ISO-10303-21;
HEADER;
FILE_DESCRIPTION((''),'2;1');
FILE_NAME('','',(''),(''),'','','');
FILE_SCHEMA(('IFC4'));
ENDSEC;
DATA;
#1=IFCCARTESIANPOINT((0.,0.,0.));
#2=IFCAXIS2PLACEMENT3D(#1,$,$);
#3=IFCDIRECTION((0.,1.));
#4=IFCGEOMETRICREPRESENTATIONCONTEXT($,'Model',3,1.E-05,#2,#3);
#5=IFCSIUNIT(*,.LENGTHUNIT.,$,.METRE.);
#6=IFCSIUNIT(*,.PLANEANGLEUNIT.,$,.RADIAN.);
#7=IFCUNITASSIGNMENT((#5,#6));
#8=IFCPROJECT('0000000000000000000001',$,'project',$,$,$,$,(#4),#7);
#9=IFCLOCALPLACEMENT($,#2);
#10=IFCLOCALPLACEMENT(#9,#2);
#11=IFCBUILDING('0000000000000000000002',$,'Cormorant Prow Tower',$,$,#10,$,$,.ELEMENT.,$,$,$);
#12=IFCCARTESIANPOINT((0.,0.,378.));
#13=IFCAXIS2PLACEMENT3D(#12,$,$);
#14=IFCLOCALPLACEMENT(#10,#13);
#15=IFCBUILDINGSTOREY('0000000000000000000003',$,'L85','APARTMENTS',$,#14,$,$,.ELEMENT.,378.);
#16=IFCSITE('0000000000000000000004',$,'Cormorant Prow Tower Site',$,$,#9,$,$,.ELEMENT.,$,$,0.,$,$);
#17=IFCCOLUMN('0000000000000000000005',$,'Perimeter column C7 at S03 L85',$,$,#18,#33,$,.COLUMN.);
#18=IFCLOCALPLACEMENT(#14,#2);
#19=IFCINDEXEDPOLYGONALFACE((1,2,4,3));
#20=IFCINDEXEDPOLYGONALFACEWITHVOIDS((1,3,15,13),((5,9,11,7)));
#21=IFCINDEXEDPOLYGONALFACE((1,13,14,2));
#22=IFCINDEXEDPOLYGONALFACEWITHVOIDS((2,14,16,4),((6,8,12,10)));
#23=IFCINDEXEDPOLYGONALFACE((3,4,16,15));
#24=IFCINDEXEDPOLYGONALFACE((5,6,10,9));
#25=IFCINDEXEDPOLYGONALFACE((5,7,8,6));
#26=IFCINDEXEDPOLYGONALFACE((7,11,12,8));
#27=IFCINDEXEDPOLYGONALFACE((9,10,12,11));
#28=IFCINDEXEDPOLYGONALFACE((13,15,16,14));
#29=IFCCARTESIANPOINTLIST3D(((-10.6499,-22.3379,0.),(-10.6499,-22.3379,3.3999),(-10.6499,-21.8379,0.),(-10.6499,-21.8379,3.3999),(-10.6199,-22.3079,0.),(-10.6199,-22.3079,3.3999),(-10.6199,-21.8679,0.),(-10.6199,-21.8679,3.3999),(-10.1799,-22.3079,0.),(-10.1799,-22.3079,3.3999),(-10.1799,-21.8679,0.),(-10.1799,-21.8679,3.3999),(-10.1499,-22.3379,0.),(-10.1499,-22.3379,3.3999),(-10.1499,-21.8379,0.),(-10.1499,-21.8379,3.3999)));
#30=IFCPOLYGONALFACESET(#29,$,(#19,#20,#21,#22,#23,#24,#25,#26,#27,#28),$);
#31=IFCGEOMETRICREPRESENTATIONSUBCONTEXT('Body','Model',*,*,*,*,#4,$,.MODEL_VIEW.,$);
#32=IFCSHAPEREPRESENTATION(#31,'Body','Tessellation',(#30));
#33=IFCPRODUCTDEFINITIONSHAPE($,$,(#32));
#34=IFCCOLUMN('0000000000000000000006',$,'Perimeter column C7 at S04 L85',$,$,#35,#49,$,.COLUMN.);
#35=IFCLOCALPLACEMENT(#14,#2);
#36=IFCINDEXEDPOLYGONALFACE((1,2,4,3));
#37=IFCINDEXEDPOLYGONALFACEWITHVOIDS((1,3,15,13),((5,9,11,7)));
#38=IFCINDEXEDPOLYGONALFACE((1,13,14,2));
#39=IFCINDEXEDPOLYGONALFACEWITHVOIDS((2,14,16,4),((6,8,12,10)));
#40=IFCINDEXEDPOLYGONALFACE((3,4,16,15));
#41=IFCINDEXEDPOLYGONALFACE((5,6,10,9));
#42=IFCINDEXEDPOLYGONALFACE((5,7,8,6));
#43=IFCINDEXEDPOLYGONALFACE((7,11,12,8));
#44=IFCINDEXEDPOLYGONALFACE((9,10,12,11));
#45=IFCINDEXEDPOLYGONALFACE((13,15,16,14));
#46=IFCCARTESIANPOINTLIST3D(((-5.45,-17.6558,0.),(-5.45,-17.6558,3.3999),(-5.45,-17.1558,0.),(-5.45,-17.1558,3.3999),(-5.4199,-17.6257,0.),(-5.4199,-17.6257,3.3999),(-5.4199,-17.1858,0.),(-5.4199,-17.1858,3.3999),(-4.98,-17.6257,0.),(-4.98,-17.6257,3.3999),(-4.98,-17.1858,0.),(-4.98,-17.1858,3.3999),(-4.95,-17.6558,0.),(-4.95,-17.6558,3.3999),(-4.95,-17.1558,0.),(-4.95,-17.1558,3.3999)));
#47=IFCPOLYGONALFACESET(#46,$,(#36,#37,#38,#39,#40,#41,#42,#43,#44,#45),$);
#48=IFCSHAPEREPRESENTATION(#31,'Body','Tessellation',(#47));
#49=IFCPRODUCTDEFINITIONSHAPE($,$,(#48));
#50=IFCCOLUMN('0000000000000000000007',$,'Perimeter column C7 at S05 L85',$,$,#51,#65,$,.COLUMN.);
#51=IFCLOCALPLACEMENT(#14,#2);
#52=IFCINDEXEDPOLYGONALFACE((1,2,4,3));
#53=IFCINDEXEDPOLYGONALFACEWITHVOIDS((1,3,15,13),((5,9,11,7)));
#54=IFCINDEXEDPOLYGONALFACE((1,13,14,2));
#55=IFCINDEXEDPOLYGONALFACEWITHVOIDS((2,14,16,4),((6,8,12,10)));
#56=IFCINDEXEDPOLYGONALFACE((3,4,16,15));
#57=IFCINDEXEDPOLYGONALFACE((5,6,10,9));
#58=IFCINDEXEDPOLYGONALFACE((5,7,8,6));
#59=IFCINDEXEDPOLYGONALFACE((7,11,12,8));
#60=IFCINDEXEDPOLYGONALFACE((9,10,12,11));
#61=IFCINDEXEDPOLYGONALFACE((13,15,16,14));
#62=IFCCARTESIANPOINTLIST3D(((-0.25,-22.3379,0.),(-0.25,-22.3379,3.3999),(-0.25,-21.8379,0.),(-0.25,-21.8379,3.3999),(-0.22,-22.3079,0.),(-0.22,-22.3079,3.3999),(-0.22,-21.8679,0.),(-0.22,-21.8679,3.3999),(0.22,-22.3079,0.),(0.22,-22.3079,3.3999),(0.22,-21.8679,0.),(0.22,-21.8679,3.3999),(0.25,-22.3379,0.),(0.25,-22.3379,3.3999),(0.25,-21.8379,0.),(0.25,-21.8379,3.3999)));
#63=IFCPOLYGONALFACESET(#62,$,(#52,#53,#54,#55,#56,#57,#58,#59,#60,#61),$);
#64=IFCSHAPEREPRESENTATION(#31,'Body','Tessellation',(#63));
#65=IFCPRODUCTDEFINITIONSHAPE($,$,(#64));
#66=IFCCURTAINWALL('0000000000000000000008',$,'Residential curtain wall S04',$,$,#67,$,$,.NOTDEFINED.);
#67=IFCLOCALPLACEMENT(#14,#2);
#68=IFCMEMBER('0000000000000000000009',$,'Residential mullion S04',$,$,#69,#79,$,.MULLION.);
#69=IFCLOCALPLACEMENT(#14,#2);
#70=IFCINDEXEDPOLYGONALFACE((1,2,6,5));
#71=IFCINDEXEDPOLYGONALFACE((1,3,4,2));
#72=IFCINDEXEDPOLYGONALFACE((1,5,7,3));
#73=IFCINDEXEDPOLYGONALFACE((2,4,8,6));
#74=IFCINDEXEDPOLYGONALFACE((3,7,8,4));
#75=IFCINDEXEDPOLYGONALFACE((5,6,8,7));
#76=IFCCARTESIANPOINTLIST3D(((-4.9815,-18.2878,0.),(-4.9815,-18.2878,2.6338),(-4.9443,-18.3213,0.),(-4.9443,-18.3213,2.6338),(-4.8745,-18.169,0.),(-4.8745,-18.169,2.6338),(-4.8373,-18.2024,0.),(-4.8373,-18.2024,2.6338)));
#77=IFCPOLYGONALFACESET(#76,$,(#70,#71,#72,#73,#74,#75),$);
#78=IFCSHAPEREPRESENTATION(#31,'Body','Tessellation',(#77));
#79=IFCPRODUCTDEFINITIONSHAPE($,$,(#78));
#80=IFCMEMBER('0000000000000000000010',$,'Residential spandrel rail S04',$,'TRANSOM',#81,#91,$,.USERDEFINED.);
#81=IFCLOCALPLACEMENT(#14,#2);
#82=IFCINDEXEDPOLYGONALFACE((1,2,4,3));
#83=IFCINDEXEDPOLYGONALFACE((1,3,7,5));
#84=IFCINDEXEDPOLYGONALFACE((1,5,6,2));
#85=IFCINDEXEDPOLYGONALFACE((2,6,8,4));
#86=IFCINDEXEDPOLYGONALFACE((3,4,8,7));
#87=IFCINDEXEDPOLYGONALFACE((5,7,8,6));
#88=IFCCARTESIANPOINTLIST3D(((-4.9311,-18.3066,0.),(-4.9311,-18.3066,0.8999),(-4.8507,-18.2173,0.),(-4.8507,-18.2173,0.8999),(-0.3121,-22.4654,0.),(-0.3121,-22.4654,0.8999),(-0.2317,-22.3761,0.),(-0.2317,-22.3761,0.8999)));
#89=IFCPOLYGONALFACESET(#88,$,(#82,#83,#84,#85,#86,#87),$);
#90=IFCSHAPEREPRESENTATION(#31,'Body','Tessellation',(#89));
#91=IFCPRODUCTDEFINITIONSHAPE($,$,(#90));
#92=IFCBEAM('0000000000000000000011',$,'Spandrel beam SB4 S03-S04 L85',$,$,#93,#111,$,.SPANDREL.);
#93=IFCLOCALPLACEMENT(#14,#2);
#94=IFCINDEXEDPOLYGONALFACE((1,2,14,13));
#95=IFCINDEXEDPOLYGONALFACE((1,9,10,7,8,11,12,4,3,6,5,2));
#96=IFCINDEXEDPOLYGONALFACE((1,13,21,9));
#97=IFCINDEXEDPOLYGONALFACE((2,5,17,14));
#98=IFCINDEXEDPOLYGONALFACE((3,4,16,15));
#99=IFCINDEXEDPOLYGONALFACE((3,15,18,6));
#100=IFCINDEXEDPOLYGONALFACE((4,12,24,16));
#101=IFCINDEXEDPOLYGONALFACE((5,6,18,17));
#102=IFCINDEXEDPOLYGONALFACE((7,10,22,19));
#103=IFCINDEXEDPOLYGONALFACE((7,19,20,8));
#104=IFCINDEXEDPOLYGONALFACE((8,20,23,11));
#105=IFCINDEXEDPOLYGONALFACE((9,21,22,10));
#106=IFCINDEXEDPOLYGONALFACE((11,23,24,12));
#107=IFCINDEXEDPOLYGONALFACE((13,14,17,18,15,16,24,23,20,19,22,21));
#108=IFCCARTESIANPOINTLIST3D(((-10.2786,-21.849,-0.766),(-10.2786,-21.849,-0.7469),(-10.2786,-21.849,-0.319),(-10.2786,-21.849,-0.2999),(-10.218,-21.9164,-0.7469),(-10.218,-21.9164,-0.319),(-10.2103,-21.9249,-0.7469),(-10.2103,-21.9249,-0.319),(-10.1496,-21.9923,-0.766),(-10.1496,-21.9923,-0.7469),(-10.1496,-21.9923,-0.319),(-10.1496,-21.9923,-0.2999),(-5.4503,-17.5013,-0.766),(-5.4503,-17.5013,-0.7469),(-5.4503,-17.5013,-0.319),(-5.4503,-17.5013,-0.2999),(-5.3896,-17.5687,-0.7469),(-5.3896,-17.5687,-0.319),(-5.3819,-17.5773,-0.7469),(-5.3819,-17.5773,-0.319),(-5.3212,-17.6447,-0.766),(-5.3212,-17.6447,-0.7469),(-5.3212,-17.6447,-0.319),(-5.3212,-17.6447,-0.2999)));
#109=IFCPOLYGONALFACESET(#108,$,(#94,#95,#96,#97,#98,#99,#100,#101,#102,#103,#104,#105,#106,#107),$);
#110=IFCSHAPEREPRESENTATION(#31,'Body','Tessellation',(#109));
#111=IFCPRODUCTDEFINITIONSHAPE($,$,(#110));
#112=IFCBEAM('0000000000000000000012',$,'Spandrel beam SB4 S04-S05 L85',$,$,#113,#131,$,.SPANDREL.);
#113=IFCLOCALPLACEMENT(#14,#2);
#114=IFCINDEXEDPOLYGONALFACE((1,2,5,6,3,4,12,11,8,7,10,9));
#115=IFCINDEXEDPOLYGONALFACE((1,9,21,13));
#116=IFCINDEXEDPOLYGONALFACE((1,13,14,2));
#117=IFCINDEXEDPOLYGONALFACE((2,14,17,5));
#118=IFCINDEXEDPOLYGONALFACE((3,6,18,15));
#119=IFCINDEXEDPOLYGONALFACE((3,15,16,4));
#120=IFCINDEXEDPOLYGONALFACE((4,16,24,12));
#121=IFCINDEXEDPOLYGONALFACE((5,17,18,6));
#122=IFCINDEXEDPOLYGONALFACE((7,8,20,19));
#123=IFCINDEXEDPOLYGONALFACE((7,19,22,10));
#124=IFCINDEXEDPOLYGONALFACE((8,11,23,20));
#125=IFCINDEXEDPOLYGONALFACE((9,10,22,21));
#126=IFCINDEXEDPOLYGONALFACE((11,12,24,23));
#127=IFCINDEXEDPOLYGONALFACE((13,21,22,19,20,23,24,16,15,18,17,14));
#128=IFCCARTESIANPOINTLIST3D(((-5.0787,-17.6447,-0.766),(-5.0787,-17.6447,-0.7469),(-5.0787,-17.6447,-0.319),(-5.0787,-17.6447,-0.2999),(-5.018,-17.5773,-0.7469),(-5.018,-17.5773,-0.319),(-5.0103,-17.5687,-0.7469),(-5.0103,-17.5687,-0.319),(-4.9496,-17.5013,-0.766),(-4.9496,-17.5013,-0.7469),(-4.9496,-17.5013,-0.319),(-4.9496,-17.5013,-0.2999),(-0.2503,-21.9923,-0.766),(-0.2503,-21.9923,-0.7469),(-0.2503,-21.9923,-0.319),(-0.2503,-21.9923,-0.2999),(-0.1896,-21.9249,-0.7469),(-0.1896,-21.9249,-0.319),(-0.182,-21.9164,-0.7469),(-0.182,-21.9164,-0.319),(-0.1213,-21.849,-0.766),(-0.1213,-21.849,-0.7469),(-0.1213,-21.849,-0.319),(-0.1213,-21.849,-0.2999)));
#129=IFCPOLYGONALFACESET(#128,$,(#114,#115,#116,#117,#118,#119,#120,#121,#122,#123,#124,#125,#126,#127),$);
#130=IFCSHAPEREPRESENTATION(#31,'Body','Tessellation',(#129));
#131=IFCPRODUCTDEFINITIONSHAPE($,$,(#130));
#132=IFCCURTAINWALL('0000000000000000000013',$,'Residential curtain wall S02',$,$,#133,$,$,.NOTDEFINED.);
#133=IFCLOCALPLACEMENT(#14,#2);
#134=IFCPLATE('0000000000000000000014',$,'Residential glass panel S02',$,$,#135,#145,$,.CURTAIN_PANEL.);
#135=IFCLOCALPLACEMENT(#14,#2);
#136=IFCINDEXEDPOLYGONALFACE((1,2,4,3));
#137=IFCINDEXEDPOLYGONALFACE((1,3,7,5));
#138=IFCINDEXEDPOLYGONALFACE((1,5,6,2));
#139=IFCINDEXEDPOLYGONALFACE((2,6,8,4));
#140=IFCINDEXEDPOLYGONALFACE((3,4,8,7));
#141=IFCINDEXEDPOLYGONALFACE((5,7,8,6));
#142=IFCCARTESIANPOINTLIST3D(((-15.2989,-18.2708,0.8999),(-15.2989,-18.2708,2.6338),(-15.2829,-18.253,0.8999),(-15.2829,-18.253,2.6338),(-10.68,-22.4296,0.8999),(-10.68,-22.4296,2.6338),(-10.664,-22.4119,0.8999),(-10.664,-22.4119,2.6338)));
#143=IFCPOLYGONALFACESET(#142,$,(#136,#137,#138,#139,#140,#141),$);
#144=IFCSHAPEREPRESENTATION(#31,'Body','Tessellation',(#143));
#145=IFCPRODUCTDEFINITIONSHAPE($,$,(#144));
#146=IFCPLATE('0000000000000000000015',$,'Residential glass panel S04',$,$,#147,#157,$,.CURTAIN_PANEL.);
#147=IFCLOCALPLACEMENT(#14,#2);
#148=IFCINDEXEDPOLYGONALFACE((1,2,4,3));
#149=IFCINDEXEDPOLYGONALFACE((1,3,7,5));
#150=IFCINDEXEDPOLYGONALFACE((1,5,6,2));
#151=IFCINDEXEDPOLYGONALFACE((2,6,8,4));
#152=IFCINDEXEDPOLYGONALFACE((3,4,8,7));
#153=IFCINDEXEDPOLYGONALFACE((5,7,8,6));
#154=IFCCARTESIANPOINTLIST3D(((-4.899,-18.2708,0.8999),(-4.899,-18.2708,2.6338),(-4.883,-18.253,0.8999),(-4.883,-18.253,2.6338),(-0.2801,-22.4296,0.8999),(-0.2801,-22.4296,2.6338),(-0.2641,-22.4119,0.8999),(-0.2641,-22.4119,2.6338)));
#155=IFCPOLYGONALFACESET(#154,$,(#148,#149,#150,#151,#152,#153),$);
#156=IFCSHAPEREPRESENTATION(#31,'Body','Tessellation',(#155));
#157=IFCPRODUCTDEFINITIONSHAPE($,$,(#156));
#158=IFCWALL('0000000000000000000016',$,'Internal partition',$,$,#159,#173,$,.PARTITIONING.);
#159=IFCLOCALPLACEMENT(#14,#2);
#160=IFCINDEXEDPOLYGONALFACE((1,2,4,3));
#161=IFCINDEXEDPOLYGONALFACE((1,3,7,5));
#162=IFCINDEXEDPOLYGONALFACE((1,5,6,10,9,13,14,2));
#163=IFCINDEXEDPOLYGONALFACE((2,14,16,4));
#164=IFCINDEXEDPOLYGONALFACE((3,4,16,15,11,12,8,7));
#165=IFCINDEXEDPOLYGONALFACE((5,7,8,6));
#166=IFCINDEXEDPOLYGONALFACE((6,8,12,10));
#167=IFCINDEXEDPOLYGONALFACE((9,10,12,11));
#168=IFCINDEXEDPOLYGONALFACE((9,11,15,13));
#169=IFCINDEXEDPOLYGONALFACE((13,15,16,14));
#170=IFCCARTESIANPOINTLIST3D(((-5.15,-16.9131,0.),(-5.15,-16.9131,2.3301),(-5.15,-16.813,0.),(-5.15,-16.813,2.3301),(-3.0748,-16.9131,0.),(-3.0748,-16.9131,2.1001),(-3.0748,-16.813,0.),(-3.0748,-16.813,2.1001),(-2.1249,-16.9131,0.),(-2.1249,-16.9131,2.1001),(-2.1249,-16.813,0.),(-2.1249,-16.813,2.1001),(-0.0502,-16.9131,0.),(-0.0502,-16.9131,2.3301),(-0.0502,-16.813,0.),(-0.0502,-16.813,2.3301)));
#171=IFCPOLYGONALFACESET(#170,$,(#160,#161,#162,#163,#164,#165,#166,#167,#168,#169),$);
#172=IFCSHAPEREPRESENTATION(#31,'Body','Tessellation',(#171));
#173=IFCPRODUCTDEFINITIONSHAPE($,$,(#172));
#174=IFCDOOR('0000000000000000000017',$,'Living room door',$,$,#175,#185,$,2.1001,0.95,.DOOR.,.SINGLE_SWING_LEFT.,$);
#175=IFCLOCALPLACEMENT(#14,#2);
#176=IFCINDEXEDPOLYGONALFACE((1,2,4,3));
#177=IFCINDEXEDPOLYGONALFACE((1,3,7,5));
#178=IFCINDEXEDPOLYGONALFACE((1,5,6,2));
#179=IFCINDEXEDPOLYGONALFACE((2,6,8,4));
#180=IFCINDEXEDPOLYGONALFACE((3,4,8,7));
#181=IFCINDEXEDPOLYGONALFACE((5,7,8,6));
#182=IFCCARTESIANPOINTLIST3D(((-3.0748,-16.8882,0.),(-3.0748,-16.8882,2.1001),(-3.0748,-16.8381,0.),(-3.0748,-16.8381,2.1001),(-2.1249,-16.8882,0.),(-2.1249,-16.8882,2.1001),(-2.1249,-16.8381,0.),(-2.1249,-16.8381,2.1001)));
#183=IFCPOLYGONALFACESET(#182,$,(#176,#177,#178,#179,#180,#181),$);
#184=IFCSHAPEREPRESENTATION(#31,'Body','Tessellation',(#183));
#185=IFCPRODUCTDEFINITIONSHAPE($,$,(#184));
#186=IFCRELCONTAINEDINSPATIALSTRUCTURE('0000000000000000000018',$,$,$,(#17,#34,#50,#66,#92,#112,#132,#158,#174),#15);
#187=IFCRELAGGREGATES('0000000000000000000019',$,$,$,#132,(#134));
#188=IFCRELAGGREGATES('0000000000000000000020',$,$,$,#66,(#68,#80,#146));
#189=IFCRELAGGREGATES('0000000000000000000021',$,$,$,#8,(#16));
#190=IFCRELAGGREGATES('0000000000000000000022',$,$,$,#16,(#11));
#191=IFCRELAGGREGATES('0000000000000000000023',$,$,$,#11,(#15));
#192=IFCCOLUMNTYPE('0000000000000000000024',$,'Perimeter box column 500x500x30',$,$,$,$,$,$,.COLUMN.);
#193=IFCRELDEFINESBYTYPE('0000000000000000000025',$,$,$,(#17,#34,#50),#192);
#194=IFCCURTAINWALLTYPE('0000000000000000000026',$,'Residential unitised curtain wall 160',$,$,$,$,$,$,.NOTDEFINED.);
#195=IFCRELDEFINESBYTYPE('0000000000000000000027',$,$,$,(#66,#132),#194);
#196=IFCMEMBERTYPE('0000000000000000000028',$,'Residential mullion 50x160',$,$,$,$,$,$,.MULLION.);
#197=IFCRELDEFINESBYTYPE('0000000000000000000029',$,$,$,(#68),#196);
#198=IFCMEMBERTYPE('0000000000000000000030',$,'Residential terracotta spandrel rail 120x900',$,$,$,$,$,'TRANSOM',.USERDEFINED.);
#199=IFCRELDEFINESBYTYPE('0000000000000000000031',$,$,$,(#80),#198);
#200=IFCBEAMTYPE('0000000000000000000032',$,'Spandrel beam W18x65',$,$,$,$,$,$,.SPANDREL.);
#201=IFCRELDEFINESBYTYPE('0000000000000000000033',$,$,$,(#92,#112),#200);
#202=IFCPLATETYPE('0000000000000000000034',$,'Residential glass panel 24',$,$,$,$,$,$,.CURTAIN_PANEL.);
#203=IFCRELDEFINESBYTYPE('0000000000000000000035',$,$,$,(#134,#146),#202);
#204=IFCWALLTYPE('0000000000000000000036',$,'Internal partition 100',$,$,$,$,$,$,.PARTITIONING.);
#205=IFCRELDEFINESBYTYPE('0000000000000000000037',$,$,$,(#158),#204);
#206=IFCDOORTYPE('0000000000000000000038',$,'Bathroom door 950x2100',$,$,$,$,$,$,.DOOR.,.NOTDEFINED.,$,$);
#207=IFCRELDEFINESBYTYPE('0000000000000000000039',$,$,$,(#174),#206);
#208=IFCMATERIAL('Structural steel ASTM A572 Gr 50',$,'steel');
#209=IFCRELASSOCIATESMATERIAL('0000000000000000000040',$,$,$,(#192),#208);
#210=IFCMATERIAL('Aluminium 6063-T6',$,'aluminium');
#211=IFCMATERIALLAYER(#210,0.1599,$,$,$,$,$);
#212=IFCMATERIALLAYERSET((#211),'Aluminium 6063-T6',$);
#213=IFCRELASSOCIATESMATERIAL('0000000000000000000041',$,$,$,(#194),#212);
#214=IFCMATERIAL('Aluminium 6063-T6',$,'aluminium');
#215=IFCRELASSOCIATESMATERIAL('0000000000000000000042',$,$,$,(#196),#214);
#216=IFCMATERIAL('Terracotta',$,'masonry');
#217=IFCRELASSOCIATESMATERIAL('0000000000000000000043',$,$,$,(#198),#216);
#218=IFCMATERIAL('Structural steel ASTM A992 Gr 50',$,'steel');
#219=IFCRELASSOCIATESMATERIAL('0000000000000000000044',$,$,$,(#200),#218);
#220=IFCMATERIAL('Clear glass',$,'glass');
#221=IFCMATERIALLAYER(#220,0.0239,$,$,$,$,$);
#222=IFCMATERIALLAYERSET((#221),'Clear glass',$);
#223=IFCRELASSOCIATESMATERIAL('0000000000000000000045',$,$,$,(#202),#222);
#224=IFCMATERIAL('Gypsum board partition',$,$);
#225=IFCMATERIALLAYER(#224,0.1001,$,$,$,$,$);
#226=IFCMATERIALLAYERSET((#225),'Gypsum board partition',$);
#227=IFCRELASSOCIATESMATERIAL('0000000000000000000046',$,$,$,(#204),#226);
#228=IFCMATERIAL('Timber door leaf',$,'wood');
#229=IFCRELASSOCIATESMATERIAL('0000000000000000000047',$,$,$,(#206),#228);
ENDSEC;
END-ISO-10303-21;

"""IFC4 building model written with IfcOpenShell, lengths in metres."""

from ifc_helpers import new_model, si_unit, direction, frame, frame_2d, origin, origin_2d, place, context, subcontext, project, spatial, rectangle, hollow_rectangle, i_section, extrude, material, layer, layer_set, material_profile, profile_set, type_object, element, fill, aggregate, save


model = new_model("IFC4")

# Units and contexts
model_context = context("Model", 3, precision=1e-05, world=origin(), true_north=direction((0.0, 1.0)))
body_context = subcontext(model_context, "Body", "Model", "MODEL_VIEW")
ifc_project = project(units=[si_unit("LENGTHUNIT", "METRE"), si_unit("PLANEANGLEUNIT", "RADIAN")], contexts=[model_context])

# Site, building, storey
site_placement = place(None, origin())
site = spatial("IfcSite", under=ifc_project, at=site_placement, Name="Cormorant Prow Tower Site", CompositionType="ELEMENT", RefElevation=0.0)
building_placement = place(site_placement, origin())
building = spatial("IfcBuilding", under=site, at=building_placement, Name="Cormorant Prow Tower", CompositionType="ELEMENT")
storey_placement = place(building_placement, frame((0.0, 0.0, 378.0)))
storey = spatial("IfcBuildingStorey", under=building, at=storey_placement, Name="L85", Description="APARTMENTS", CompositionType="ELEMENT", Elevation=378.0)

# Columns
ifc_material_1 = material(Name="Structural steel ASTM A572 Gr 50", Category="steel")
ifc_material_profile_1 = material_profile(ifc_material_1, hollow_rectangle(XDim=0.5, YDim=0.5, WallThickness=0.03, at=origin_2d()), Name="Box 500x500x30")
ifc_profile_set_1 = profile_set([ifc_material_profile_1], Name="Structural steel ASTM A572 Gr 50")
column_type = type_object("IfcColumnType", Name="Perimeter box column 500x500x30", PredefinedType="COLUMN", material=ifc_profile_set_1)
for number, where, z_axis, x_axis, name in (
    (1, (-10.3999, -22.0879, 0.0), (0.0, 0.0, 1.0), (1.0, 0.0, 0.0), "Perimeter column C7 at S03 L85"),
    (2, (-5.2, -17.4058, 0.0), (0.0, 0.0, 1.0), (1.0, 0.0, 0.0), "Perimeter column C7 at S04 L85"),
    (3, (0.0, -22.0879, 0.0), (0.0, 0.0, 1.0), (1.0, 0.0, 0.0), "Perimeter column C7 at S05 L85"),
):
    element("IfcColumn", number, at=place(storey_placement, frame(where, z_axis=z_axis, x_axis=x_axis)), inside=storey, type_object=column_type, Name=name, PredefinedType="COLUMN", context=body_context, shape_type="SweptSolid", body=[
        extrude(hollow_rectangle(XDim=0.5, YDim=0.5, WallThickness=0.03, at=origin_2d()), origin(), (0.0, 0.0, 1.0), 3.3999),
    ])

# Curtain wall, members
ifc_material_2 = material(Name="Aluminium 6063-T6", Category="aluminium")
ifc_layer_1 = layer(ifc_material_2, 0.1599)
ifc_layer_set_1 = layer_set([ifc_layer_1], Name="Aluminium 6063-T6")
curtain_wall_type = type_object("IfcCurtainWallType", Name="Residential unitised curtain wall 160", PredefinedType="NOTDEFINED", material=ifc_layer_set_1)
curtain_wall_1_placement = place(storey_placement, origin())
curtain_wall_1 = element("IfcCurtainWall", 4, at=curtain_wall_1_placement, inside=storey, type_object=curtain_wall_type, Name="Residential curtain wall S04", PredefinedType="NOTDEFINED")
ifc_material_3 = material(Name="Aluminium 6063-T6", Category="aluminium")
ifc_material_profile_2 = material_profile(ifc_material_3, rectangle(XDim=0.1599, YDim=0.05, at=origin_2d()), Name="Residential mullion 50x160")
ifc_profile_set_2 = profile_set([ifc_material_profile_2], Name="Aluminium 6063-T6")
member_type_1 = type_object("IfcMemberType", Name="Residential mullion 50x160", PredefinedType="MULLION", material=ifc_profile_set_2)
member_1_placement = place(storey_placement, frame((-4.9094, -18.2451, 0.0), z_axis=(0.0, 0.0, 1.0), x_axis=(0.669131, 0.743145, 0.0)))
member_1 = element("IfcMember", 5, at=member_1_placement, type_object=member_type_1, Name="Residential mullion S04", PredefinedType="MULLION", context=body_context, shape_type="SweptSolid", body=[
    extrude(rectangle(XDim=0.1599, YDim=0.05, at=origin_2d()), origin(), (0.0, 0.0, 1.0), 2.6338),
])
ifc_material_4 = material(Name="Terracotta", Category="masonry")
ifc_material_profile_3 = material_profile(ifc_material_4, rectangle(XDim=0.1201, YDim=0.8999, at=origin_2d()), Name="Residential terracotta spandrel rail 120x900")
ifc_profile_set_3 = profile_set([ifc_material_profile_3], Name="Terracotta")
member_type_2 = type_object("IfcMemberType", Name="Residential terracotta spandrel rail 120x900", ElementType="TRANSOM", PredefinedType="USERDEFINED", material=ifc_profile_set_3)
member_2_placement = place(storey_placement, frame((-4.8909, -18.262, 0.45), z_axis=(0.743159, -0.669114, 0.0), x_axis=(0.669114, 0.743159, 0.0)))
member_2 = element("IfcMember", 6, at=member_2_placement, type_object=member_type_2, Name="Residential spandrel rail S04", ObjectType="TRANSOM", PredefinedType="USERDEFINED", context=body_context, shape_type="SweptSolid", body=[
    extrude(rectangle(XDim=0.1201, YDim=0.8999, at=origin_2d()), origin(), (0.0, 0.0, 1.0), 6.2153),
])

# Beams
ifc_material_5 = material(Name="Structural steel ASTM A992 Gr 50", Category="steel")
ifc_material_profile_4 = material_profile(ifc_material_5, i_section(OverallWidth=0.1929, OverallDepth=0.4661, WebThickness=0.0115, FlangeThickness=0.019, at=origin_2d()), Name="W18x65")
ifc_profile_set_4 = profile_set([ifc_material_profile_4], Name="Structural steel ASTM A992 Gr 50")
beam_type = type_object("IfcBeamType", Name="Spandrel beam W18x65", PredefinedType="SPANDREL", material=ifc_profile_set_4)
for number, where, z_axis, x_axis, name in (
    (7, (-10.2141, -21.9207, -0.533), (0.743132, 0.669145, 0.0), (-0.669145, 0.743132, 0.0), "Spandrel beam SB4 S03-S04 L85"),
    (8, (-5.0142, -17.573, -0.533), (0.743132, -0.669145, 0.0), (0.669145, 0.743132, 0.0), "Spandrel beam SB4 S04-S05 L85"),
):
    element("IfcBeam", number, at=place(storey_placement, frame(where, z_axis=z_axis, x_axis=x_axis)), inside=storey, type_object=beam_type, Name=name, PredefinedType="SPANDREL", context=body_context, shape_type="SweptSolid", body=[
        extrude(i_section(OverallWidth=0.1929, OverallDepth=0.4661, WebThickness=0.0115, FlangeThickness=0.019, at=origin_2d()), origin(), (0.0, 0.0, 1.0), 6.4973),
    ])

# Curtain wall, plate
curtain_wall_2_placement = place(storey_placement, origin())
curtain_wall_2 = element("IfcCurtainWall", 9, at=curtain_wall_2_placement, inside=storey, type_object=curtain_wall_type, Name="Residential curtain wall S02", PredefinedType="NOTDEFINED")
ifc_material_6 = material(Name="Clear glass", Category="glass")
ifc_layer_2 = layer(ifc_material_6, 0.0239)
ifc_layer_set_2 = layer_set([ifc_layer_2], Name="Clear glass")
plate_type = type_object("IfcPlateType", Name="Residential glass panel 24", PredefinedType="CURTAIN_PANEL", material=ifc_layer_set_2)
plate_1_placement = place(storey_placement, frame((-12.9814, -20.3413, 0.8999), z_axis=(0.0, 0.0, 1.0), x_axis=(0.743145, -0.669131, 0.0)))
plate_1 = element("IfcPlate", 10, at=plate_1_placement, type_object=plate_type, Name="Residential glass panel S02", PredefinedType="CURTAIN_PANEL", context=body_context, shape_type="SweptSolid", body=[
    extrude(rectangle(XDim=6.2153, YDim=0.0239, at=origin_2d()), origin(), (0.0, 0.0, 1.0), 1.7339),
])
aggregate(curtain_wall_2, [plate_1])

# Plate
plate_2_placement = place(storey_placement, frame((-2.5815, -20.3413, 0.8999), z_axis=(0.0, 0.0, 1.0), x_axis=(0.743145, -0.669131, 0.0)))
plate_2 = element("IfcPlate", 11, at=plate_2_placement, type_object=plate_type, Name="Residential glass panel S04", PredefinedType="CURTAIN_PANEL", context=body_context, shape_type="SweptSolid", body=[
    extrude(rectangle(XDim=6.2153, YDim=0.0239, at=origin_2d()), origin(), (0.0, 0.0, 1.0), 1.7339),
])
aggregate(curtain_wall_1, [member_1, member_2, plate_2])

# Wall, opening, door
ifc_material_7 = material(Name="Gypsum board partition")
ifc_layer_3 = layer(ifc_material_7, 0.1001)
ifc_layer_set_3 = layer_set([ifc_layer_3], Name="Gypsum board partition")
wall_type_1 = type_object("IfcWallType", Name="Internal partition 100", PredefinedType="PARTITIONING", material=ifc_layer_set_3)
wall_1_placement = place(storey_placement, frame((-5.1499, -16.863, 0.0), z_axis=(0.0, 0.0, 1.0), x_axis=(1.0, 0.0, 0.0)))
wall_1 = element("IfcWall", 12, at=wall_1_placement, inside=storey, type_object=wall_type_1, Name="Internal partition", PredefinedType="PARTITIONING", context=body_context, shape_type="SweptSolid", body=[
    extrude(rectangle(XDim=5.0999, YDim=0.1001, at=frame_2d((2.5498, 0.0))), origin(), (0.0, 0.0, 1.0), 2.3301),
])
opening_1_placement = place(wall_1_placement, frame((2.075, 0.0, 0.0)))
opening_1 = element("IfcOpeningElement", 13, at=opening_1_placement, cuts=wall_1, PredefinedType="OPENING", context=body_context, shape_type="SweptSolid", body=[
    extrude(rectangle(XDim=0.95, YDim=2.1001, at=frame_2d((0.4751, 1.05))), frame((0.0, 0.0601, 0.0), z_axis=(0.0, -1.0, 0.0), x_axis=(1.0, 0.0, 0.0)), (0.0, 0.0, 1.0), 0.1201),
])
ifc_material_8 = material(Name="Timber door leaf", Category="wood")
door_type_1 = type_object("IfcDoorType", Name="Bathroom door 950x2100", OperationType="NOTDEFINED", PredefinedType="DOOR", material=ifc_material_8)
door_1_placement = place(opening_1_placement, origin())
door_1 = element("IfcDoor", 14, at=door_1_placement, inside=storey, type_object=door_type_1, Name="Living room door", OperationType="SINGLE_SWING_LEFT", OverallHeight=2.1001, OverallWidth=0.95, PredefinedType="DOOR", context=body_context, shape_type="SweptSolid", body=[
    extrude(rectangle(XDim=0.95, YDim=2.1001, at=frame_2d((0.4751, 1.05))), frame((0.0, 0.0249, 0.0), z_axis=(0.0, -1.0, 0.0), x_axis=(1.0, 0.0, 0.0)), (0.0, 0.0, 1.0), 0.05),
])
fill(opening_1, door_1)

save(model, "model.ifc")
